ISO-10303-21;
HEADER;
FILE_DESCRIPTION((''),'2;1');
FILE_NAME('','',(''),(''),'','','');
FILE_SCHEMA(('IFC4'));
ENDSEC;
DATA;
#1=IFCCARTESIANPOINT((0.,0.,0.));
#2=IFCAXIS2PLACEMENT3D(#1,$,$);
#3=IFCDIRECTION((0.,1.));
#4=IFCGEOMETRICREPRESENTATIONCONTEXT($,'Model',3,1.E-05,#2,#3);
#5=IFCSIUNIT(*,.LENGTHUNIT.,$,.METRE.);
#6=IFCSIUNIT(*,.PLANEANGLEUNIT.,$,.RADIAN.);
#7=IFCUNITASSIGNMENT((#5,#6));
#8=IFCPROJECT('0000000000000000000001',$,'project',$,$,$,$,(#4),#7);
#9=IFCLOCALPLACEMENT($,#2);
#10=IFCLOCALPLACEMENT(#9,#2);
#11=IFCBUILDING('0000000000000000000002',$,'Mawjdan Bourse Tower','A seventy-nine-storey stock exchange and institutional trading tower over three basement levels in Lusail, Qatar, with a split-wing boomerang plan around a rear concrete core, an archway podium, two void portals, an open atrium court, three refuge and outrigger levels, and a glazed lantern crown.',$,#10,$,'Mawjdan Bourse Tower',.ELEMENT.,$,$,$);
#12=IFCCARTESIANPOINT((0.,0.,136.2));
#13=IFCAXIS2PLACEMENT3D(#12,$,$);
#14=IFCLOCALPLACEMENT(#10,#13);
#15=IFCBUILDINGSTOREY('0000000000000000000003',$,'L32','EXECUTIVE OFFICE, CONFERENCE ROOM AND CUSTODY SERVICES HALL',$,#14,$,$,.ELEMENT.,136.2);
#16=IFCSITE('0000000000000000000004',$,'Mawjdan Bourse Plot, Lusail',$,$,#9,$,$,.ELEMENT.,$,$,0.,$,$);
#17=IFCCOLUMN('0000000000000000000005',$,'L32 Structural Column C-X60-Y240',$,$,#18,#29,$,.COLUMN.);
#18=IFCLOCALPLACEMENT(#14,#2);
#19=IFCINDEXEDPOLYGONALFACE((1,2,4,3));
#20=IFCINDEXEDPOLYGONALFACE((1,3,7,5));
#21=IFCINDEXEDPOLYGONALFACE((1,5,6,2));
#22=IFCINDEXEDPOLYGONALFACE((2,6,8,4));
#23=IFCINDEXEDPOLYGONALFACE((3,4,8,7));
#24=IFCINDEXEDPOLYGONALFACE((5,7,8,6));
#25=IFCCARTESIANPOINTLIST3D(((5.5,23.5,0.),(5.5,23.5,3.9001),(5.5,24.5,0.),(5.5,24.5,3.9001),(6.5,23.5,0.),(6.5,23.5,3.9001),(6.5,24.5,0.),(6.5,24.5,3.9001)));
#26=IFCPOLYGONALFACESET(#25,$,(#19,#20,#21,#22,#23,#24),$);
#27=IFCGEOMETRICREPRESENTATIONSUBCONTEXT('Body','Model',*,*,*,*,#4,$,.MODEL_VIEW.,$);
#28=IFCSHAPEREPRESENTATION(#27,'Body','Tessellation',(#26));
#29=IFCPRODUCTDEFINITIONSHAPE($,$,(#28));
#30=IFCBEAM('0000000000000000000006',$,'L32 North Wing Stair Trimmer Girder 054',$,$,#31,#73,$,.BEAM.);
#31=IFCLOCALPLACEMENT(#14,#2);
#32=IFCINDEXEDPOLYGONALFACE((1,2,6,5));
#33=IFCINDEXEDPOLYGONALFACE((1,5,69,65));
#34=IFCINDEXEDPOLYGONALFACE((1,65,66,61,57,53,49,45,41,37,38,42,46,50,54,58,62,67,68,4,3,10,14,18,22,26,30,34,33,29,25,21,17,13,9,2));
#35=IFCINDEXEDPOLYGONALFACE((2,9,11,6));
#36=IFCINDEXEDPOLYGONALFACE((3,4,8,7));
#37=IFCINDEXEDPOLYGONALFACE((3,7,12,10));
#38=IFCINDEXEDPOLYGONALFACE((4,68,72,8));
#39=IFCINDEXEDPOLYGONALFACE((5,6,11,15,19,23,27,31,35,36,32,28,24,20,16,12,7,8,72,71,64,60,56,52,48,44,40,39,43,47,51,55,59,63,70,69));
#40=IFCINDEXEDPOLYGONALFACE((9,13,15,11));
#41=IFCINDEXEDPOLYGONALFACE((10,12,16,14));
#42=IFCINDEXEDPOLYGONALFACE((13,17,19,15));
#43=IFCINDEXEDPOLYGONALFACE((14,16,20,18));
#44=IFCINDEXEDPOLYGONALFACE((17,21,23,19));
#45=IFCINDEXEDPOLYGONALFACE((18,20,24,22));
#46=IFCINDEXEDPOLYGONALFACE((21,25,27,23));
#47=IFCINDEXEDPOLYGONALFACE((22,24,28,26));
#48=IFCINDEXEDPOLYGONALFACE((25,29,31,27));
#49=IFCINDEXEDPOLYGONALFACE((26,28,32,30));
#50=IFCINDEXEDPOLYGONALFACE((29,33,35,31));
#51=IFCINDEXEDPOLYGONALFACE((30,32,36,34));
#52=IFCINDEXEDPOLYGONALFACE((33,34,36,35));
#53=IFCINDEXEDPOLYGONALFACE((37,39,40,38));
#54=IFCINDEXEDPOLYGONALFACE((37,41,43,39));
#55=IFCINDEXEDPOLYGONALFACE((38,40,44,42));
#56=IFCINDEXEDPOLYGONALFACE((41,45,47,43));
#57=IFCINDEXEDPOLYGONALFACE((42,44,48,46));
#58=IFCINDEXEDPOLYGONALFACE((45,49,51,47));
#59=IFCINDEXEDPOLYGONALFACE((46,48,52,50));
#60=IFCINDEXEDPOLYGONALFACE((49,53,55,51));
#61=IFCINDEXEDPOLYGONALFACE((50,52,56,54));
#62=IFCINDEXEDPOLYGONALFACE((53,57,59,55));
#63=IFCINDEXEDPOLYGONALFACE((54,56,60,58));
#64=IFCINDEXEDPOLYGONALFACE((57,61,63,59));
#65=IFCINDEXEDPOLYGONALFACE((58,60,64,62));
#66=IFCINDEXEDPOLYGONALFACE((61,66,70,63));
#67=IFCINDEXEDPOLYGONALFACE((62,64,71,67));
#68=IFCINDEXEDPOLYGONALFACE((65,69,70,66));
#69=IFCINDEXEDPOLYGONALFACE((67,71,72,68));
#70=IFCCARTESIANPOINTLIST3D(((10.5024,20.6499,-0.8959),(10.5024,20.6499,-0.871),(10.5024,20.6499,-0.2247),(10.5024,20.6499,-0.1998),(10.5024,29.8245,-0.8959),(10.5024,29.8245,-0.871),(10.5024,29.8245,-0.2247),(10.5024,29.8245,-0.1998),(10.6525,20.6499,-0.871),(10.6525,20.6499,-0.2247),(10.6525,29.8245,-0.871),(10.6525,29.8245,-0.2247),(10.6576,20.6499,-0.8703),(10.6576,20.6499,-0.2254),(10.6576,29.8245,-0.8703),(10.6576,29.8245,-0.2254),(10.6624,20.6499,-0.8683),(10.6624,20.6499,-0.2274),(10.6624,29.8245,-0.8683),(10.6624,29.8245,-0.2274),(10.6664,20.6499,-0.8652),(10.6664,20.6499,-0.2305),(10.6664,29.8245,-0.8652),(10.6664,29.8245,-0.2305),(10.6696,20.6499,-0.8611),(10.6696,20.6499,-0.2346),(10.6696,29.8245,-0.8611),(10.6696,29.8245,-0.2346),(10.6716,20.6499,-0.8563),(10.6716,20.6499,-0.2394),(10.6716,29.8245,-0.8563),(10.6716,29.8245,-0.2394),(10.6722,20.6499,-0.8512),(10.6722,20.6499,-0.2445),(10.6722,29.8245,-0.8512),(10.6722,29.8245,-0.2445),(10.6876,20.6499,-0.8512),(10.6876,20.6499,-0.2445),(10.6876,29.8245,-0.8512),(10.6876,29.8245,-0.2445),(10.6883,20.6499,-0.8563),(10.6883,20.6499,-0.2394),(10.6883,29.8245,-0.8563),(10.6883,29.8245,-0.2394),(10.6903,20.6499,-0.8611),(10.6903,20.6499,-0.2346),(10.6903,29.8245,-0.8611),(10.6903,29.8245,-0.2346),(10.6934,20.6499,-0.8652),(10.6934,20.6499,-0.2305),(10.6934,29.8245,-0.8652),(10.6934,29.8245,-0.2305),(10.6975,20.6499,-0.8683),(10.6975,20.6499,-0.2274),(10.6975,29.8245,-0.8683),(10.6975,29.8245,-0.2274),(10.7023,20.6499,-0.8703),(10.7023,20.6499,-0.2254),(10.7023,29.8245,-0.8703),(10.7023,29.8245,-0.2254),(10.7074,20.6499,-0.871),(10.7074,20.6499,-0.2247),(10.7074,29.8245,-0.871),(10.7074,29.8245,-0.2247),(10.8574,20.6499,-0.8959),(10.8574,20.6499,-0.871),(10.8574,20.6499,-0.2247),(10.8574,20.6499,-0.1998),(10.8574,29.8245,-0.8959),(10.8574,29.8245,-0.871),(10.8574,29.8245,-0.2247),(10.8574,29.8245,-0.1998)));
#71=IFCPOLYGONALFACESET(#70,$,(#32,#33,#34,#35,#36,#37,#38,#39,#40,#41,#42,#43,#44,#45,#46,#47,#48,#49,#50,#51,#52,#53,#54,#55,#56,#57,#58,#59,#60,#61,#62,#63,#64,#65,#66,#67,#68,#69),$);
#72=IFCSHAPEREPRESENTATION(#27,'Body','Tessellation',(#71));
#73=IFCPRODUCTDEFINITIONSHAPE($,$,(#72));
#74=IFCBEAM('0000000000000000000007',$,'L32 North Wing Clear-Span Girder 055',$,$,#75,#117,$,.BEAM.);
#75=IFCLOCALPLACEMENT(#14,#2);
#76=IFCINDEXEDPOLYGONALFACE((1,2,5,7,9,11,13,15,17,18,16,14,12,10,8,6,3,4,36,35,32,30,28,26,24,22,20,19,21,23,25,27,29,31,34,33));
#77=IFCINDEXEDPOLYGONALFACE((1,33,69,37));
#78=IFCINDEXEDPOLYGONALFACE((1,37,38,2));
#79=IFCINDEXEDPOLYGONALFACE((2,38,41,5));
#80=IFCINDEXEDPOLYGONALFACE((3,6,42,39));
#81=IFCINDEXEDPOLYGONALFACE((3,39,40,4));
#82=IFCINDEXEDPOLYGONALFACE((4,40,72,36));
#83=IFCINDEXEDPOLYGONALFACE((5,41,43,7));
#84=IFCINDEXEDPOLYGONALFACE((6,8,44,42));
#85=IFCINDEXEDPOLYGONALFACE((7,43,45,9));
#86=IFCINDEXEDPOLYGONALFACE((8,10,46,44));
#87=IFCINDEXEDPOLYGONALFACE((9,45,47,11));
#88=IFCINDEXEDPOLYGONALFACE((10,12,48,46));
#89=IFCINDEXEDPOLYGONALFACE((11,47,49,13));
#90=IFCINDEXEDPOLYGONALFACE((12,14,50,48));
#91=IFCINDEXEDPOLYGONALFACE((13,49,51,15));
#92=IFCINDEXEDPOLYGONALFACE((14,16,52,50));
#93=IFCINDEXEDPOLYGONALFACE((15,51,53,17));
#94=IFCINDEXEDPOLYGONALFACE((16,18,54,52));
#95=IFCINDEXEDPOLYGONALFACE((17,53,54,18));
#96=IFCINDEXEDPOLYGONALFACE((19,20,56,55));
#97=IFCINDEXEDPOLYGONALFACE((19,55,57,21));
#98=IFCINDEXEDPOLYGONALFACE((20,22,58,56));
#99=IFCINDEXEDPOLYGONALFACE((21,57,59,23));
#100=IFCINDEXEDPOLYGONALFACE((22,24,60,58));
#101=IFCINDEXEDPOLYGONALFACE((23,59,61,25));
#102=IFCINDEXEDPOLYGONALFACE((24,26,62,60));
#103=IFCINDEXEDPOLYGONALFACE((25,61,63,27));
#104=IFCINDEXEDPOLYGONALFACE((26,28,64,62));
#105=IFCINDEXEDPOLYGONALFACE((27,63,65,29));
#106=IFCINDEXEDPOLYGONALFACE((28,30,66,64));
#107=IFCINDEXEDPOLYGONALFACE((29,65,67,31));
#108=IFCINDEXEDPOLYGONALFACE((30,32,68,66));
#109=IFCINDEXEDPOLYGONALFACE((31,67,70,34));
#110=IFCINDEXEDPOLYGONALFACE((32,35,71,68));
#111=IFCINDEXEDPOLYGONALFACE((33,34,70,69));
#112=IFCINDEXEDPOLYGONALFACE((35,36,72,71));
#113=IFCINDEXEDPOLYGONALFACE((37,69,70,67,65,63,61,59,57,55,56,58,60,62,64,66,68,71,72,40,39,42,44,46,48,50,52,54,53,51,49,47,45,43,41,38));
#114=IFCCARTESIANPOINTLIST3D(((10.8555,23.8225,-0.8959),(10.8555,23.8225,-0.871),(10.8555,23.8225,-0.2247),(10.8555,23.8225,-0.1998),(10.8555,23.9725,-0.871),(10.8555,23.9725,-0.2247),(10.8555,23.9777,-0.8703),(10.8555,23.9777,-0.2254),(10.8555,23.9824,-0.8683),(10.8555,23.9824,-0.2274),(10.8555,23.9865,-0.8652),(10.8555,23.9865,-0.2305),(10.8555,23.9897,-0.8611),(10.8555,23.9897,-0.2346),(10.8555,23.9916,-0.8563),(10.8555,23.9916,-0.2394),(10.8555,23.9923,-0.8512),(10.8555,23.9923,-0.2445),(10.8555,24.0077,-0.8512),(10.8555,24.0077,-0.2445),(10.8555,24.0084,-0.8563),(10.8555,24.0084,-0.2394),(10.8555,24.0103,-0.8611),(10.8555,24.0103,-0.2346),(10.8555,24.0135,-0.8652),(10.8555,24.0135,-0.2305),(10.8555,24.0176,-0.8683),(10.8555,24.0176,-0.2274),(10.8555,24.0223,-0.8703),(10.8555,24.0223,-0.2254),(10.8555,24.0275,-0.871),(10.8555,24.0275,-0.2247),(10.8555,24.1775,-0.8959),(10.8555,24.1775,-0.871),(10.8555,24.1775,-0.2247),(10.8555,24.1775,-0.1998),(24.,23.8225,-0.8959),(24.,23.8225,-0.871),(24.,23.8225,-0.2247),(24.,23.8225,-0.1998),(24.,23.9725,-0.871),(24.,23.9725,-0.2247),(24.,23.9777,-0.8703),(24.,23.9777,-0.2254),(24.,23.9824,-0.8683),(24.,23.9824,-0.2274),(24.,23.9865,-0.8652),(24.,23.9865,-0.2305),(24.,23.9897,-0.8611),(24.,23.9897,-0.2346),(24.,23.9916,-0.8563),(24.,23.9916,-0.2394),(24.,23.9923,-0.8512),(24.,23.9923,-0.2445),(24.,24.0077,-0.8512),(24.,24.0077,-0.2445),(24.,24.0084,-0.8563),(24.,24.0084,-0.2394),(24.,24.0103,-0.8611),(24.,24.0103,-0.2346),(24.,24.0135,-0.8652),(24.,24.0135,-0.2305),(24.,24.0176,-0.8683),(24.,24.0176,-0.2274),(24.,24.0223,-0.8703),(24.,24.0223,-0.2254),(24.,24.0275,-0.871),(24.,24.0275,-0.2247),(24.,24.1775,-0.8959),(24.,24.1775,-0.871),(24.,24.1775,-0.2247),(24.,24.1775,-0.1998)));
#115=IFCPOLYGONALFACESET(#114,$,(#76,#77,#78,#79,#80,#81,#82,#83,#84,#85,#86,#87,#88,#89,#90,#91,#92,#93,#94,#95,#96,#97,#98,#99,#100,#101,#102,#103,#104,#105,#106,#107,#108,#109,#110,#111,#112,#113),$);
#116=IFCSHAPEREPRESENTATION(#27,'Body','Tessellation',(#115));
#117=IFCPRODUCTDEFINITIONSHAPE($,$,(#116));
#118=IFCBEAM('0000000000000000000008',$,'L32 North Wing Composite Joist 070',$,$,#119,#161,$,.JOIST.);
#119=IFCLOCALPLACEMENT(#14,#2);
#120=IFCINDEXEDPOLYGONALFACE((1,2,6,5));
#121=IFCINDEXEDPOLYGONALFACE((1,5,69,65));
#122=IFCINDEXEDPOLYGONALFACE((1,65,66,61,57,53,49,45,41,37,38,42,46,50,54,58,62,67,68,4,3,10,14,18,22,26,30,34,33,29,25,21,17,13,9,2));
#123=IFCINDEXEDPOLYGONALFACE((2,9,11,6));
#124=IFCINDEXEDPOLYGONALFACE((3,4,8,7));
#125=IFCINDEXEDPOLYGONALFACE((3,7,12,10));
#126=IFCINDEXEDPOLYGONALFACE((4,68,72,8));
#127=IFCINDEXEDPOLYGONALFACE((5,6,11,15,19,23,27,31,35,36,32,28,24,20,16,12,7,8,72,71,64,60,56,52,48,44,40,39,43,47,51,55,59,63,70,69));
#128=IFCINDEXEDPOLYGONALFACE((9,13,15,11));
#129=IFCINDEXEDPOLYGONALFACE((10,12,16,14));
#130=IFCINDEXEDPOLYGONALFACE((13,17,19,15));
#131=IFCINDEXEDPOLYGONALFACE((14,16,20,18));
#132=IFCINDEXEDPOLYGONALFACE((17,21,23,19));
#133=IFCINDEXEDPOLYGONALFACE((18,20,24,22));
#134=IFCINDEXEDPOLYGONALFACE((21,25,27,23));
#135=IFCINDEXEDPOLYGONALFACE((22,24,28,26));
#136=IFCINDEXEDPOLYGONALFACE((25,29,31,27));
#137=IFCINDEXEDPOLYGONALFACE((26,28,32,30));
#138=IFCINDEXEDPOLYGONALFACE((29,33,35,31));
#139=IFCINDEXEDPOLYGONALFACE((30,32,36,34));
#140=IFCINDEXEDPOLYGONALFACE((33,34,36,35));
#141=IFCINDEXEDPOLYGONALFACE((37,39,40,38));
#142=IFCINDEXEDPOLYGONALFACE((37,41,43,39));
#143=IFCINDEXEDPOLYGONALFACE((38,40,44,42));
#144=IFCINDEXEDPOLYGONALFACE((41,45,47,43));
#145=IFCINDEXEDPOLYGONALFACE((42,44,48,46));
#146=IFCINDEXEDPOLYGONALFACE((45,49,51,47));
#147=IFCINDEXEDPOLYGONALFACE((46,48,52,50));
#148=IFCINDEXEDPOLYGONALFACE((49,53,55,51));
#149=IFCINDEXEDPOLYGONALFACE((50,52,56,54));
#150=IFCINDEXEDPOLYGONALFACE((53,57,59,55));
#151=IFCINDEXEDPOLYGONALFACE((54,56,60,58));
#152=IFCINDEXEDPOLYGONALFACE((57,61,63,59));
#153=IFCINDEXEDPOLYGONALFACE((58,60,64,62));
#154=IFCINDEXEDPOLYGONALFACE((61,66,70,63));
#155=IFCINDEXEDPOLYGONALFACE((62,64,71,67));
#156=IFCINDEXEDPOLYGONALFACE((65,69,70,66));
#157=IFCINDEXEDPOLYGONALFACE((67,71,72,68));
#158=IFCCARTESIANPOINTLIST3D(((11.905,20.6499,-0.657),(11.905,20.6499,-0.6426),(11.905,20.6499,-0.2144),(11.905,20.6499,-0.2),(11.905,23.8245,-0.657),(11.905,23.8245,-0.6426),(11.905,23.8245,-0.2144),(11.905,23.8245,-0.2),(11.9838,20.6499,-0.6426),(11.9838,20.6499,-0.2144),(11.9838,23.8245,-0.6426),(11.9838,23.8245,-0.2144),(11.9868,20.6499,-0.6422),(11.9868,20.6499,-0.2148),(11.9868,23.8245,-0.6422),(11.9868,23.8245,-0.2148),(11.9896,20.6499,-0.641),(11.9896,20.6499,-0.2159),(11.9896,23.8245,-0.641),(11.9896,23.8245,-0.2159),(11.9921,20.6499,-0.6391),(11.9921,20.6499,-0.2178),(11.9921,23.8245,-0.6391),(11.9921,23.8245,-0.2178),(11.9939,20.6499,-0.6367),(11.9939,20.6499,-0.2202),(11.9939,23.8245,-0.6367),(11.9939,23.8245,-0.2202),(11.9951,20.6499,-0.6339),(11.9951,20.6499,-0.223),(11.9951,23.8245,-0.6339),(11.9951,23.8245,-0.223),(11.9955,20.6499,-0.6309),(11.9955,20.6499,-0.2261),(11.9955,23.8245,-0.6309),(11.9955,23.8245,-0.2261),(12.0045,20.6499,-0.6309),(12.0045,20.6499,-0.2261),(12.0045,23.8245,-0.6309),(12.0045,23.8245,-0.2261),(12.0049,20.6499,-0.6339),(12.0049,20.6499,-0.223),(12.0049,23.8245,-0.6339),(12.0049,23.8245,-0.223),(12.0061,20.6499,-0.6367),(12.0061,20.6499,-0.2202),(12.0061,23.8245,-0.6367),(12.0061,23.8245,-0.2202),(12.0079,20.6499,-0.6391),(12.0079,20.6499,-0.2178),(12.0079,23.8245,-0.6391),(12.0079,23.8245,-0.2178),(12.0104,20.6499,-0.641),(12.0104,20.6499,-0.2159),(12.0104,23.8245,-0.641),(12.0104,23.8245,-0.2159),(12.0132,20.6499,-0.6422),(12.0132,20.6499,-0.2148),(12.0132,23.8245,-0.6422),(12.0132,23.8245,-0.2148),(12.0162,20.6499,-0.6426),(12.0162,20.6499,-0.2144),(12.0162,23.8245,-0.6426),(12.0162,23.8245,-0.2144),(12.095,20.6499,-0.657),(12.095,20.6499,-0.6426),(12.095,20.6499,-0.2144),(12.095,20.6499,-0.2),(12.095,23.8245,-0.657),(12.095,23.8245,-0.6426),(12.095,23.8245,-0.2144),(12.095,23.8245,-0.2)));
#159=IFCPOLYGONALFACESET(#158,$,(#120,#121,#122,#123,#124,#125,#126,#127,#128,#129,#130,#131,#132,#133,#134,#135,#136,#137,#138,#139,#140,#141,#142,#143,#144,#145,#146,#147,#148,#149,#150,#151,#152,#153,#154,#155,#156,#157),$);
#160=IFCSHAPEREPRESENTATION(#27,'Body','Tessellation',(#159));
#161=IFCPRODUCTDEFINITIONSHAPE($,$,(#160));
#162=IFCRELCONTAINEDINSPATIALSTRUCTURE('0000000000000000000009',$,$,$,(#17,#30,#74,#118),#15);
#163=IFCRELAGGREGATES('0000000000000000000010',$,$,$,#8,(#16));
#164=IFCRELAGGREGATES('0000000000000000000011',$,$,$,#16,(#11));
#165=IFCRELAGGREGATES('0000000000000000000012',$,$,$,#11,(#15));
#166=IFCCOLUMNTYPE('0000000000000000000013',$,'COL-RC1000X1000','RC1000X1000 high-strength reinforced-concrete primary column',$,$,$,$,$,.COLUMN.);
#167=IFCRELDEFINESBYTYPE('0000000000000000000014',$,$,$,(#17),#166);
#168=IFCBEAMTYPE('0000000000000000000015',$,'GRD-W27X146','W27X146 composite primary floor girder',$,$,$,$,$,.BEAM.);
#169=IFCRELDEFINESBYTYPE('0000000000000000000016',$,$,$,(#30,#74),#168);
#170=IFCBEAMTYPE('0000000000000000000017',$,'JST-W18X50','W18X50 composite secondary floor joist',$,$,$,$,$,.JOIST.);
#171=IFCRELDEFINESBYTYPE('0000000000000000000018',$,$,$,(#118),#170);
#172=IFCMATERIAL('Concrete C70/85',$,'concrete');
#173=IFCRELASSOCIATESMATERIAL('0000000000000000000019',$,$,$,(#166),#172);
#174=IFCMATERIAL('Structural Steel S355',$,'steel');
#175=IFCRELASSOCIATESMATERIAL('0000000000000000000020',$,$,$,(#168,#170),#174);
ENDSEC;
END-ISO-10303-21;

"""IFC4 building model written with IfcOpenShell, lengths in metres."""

from ifc_helpers import new_model, si_unit, direction, frame, origin, origin_2d, place, context, subcontext, project, spatial, rectangle, i_section, extrude, material, material_profile, profile_set, type_object, element, save


model = new_model("IFC4")

# Units and contexts
model_context = context("Model", 3, precision=1e-05, world=origin(), true_north=direction((0.0, 1.0)))
body_context = subcontext(model_context, "Body", "Model", "MODEL_VIEW")
ifc_project = project(units=[si_unit("LENGTHUNIT", "METRE"), si_unit("PLANEANGLEUNIT", "RADIAN")], contexts=[model_context])

# Site, building, storey
site_placement = place(None, origin())
site = spatial("IfcSite", under=ifc_project, at=site_placement, Name="Mawjdan Bourse Plot, Lusail", CompositionType="ELEMENT", RefElevation=0.0)
building_placement = place(site_placement, origin())
building = spatial("IfcBuilding", under=site, at=building_placement, Name="Mawjdan Bourse Tower", Description="A seventy-nine-storey stock exchange and institutional trading tower over three basement levels in Lusail, Qatar, with a split-wing boomerang plan around a rear concrete core, an archway podium, two void portals, an open atrium court, three refuge and outrigger levels, and a glazed lantern crown.", LongName="Mawjdan Bourse Tower", CompositionType="ELEMENT")
storey_placement = place(building_placement, frame((0.0, 0.0, 136.2)))
storey = spatial("IfcBuildingStorey", under=building, at=storey_placement, Name="L32", Description="EXECUTIVE OFFICE, CONFERENCE ROOM AND CUSTODY SERVICES HALL", CompositionType="ELEMENT", Elevation=136.2)

# Column
ifc_material_1 = material(Name="Concrete C70/85", Category="concrete")
ifc_material_profile_1 = material_profile(ifc_material_1, rectangle(XDim=1.0, YDim=1.0, at=origin_2d()), Name="RC1000X1000")
ifc_profile_set_1 = profile_set([ifc_material_profile_1], Name="Concrete C70/85")
column_type = type_object("IfcColumnType", Name="COL-RC1000X1000", Description="RC1000X1000 high-strength reinforced-concrete primary column", PredefinedType="COLUMN", material=ifc_profile_set_1)
column_placement = place(storey_placement, frame((6.0, 24.0, 0.0), z_axis=(0.0, 0.0, 1.0), x_axis=(1.0, 0.0, 0.0)))
element("IfcColumn", 1, at=column_placement, inside=storey, type_object=column_type, Name="L32 Structural Column C-X60-Y240", PredefinedType="COLUMN", context=body_context, shape_type="SweptSolid", body=[
    extrude(rectangle(XDim=1.0, YDim=1.0, at=origin_2d()), origin(), (0.0, 0.0, 1.0), 3.9001),
])

# Beams
ifc_material_2 = material(Name="Structural Steel S355", Category="steel")
ifc_material_profile_2 = material_profile(ifc_material_2, i_section(OverallWidth=0.355, OverallDepth=0.696, WebThickness=0.0154, FlangeThickness=0.0249, FilletRadius=0.0198, at=origin_2d()), Name="W27X146")
ifc_profile_set_2 = profile_set([ifc_material_profile_2], Name="Structural Steel S355")
beam_type_1 = type_object("IfcBeamType", Name="GRD-W27X146", Description="W27X146 composite primary floor girder", PredefinedType="BEAM", material=ifc_profile_set_2)
beam_1_placement = place(storey_placement, frame((10.6799, 20.6499, -0.5479), z_axis=(0.0, 1.0, 0.0), x_axis=(-1.0, 0.0, 0.0)))
element("IfcBeam", 2, at=beam_1_placement, inside=storey, type_object=beam_type_1, Name="L32 North Wing Stair Trimmer Girder 054", PredefinedType="BEAM", context=body_context, shape_type="SweptSolid", body=[
    extrude(i_section(OverallWidth=0.355, OverallDepth=0.696, WebThickness=0.0154, FlangeThickness=0.0249, FilletRadius=0.0198, at=origin_2d()), origin(), (0.0, 0.0, 1.0), 9.1746),
])
beam_2_placement = place(storey_placement, frame((10.8555, 24.0, -0.5479), z_axis=(1.0, 0.0, 0.0), x_axis=(0.0, 1.0, 0.0)))
element("IfcBeam", 3, at=beam_2_placement, inside=storey, type_object=beam_type_1, Name="L32 North Wing Clear-Span Girder 055", PredefinedType="BEAM", context=body_context, shape_type="SweptSolid", body=[
    extrude(i_section(OverallWidth=0.355, OverallDepth=0.696, WebThickness=0.0154, FlangeThickness=0.0249, FilletRadius=0.0198, at=origin_2d()), origin(), (0.0, 0.0, 1.0), 13.1445),
])
ifc_material_profile_3 = material_profile(ifc_material_2, i_section(OverallWidth=0.1899, OverallDepth=0.457, WebThickness=0.009, FlangeThickness=0.0144, FilletRadius=0.0117, at=origin_2d()), Name="W18X50")
ifc_profile_set_3 = profile_set([ifc_material_profile_3], Name="Structural Steel S355")
beam_type_2 = type_object("IfcBeamType", Name="JST-W18X50", Description="W18X50 composite secondary floor joist", PredefinedType="JOIST", material=ifc_profile_set_3)
beam_3_placement = place(storey_placement, frame((12.0, 20.6499, -0.4285), z_axis=(0.0, 1.0, 0.0), x_axis=(-1.0, 0.0, 0.0)))
element("IfcBeam", 4, at=beam_3_placement, inside=storey, type_object=beam_type_2, Name="L32 North Wing Composite Joist 070", PredefinedType="JOIST", context=body_context, shape_type="SweptSolid", body=[
    extrude(i_section(OverallWidth=0.1899, OverallDepth=0.457, WebThickness=0.009, FlangeThickness=0.0144, FilletRadius=0.0117, at=origin_2d()), origin(), (0.0, 0.0, 1.0), 3.1746),
])

save(model, "model.ifc")
